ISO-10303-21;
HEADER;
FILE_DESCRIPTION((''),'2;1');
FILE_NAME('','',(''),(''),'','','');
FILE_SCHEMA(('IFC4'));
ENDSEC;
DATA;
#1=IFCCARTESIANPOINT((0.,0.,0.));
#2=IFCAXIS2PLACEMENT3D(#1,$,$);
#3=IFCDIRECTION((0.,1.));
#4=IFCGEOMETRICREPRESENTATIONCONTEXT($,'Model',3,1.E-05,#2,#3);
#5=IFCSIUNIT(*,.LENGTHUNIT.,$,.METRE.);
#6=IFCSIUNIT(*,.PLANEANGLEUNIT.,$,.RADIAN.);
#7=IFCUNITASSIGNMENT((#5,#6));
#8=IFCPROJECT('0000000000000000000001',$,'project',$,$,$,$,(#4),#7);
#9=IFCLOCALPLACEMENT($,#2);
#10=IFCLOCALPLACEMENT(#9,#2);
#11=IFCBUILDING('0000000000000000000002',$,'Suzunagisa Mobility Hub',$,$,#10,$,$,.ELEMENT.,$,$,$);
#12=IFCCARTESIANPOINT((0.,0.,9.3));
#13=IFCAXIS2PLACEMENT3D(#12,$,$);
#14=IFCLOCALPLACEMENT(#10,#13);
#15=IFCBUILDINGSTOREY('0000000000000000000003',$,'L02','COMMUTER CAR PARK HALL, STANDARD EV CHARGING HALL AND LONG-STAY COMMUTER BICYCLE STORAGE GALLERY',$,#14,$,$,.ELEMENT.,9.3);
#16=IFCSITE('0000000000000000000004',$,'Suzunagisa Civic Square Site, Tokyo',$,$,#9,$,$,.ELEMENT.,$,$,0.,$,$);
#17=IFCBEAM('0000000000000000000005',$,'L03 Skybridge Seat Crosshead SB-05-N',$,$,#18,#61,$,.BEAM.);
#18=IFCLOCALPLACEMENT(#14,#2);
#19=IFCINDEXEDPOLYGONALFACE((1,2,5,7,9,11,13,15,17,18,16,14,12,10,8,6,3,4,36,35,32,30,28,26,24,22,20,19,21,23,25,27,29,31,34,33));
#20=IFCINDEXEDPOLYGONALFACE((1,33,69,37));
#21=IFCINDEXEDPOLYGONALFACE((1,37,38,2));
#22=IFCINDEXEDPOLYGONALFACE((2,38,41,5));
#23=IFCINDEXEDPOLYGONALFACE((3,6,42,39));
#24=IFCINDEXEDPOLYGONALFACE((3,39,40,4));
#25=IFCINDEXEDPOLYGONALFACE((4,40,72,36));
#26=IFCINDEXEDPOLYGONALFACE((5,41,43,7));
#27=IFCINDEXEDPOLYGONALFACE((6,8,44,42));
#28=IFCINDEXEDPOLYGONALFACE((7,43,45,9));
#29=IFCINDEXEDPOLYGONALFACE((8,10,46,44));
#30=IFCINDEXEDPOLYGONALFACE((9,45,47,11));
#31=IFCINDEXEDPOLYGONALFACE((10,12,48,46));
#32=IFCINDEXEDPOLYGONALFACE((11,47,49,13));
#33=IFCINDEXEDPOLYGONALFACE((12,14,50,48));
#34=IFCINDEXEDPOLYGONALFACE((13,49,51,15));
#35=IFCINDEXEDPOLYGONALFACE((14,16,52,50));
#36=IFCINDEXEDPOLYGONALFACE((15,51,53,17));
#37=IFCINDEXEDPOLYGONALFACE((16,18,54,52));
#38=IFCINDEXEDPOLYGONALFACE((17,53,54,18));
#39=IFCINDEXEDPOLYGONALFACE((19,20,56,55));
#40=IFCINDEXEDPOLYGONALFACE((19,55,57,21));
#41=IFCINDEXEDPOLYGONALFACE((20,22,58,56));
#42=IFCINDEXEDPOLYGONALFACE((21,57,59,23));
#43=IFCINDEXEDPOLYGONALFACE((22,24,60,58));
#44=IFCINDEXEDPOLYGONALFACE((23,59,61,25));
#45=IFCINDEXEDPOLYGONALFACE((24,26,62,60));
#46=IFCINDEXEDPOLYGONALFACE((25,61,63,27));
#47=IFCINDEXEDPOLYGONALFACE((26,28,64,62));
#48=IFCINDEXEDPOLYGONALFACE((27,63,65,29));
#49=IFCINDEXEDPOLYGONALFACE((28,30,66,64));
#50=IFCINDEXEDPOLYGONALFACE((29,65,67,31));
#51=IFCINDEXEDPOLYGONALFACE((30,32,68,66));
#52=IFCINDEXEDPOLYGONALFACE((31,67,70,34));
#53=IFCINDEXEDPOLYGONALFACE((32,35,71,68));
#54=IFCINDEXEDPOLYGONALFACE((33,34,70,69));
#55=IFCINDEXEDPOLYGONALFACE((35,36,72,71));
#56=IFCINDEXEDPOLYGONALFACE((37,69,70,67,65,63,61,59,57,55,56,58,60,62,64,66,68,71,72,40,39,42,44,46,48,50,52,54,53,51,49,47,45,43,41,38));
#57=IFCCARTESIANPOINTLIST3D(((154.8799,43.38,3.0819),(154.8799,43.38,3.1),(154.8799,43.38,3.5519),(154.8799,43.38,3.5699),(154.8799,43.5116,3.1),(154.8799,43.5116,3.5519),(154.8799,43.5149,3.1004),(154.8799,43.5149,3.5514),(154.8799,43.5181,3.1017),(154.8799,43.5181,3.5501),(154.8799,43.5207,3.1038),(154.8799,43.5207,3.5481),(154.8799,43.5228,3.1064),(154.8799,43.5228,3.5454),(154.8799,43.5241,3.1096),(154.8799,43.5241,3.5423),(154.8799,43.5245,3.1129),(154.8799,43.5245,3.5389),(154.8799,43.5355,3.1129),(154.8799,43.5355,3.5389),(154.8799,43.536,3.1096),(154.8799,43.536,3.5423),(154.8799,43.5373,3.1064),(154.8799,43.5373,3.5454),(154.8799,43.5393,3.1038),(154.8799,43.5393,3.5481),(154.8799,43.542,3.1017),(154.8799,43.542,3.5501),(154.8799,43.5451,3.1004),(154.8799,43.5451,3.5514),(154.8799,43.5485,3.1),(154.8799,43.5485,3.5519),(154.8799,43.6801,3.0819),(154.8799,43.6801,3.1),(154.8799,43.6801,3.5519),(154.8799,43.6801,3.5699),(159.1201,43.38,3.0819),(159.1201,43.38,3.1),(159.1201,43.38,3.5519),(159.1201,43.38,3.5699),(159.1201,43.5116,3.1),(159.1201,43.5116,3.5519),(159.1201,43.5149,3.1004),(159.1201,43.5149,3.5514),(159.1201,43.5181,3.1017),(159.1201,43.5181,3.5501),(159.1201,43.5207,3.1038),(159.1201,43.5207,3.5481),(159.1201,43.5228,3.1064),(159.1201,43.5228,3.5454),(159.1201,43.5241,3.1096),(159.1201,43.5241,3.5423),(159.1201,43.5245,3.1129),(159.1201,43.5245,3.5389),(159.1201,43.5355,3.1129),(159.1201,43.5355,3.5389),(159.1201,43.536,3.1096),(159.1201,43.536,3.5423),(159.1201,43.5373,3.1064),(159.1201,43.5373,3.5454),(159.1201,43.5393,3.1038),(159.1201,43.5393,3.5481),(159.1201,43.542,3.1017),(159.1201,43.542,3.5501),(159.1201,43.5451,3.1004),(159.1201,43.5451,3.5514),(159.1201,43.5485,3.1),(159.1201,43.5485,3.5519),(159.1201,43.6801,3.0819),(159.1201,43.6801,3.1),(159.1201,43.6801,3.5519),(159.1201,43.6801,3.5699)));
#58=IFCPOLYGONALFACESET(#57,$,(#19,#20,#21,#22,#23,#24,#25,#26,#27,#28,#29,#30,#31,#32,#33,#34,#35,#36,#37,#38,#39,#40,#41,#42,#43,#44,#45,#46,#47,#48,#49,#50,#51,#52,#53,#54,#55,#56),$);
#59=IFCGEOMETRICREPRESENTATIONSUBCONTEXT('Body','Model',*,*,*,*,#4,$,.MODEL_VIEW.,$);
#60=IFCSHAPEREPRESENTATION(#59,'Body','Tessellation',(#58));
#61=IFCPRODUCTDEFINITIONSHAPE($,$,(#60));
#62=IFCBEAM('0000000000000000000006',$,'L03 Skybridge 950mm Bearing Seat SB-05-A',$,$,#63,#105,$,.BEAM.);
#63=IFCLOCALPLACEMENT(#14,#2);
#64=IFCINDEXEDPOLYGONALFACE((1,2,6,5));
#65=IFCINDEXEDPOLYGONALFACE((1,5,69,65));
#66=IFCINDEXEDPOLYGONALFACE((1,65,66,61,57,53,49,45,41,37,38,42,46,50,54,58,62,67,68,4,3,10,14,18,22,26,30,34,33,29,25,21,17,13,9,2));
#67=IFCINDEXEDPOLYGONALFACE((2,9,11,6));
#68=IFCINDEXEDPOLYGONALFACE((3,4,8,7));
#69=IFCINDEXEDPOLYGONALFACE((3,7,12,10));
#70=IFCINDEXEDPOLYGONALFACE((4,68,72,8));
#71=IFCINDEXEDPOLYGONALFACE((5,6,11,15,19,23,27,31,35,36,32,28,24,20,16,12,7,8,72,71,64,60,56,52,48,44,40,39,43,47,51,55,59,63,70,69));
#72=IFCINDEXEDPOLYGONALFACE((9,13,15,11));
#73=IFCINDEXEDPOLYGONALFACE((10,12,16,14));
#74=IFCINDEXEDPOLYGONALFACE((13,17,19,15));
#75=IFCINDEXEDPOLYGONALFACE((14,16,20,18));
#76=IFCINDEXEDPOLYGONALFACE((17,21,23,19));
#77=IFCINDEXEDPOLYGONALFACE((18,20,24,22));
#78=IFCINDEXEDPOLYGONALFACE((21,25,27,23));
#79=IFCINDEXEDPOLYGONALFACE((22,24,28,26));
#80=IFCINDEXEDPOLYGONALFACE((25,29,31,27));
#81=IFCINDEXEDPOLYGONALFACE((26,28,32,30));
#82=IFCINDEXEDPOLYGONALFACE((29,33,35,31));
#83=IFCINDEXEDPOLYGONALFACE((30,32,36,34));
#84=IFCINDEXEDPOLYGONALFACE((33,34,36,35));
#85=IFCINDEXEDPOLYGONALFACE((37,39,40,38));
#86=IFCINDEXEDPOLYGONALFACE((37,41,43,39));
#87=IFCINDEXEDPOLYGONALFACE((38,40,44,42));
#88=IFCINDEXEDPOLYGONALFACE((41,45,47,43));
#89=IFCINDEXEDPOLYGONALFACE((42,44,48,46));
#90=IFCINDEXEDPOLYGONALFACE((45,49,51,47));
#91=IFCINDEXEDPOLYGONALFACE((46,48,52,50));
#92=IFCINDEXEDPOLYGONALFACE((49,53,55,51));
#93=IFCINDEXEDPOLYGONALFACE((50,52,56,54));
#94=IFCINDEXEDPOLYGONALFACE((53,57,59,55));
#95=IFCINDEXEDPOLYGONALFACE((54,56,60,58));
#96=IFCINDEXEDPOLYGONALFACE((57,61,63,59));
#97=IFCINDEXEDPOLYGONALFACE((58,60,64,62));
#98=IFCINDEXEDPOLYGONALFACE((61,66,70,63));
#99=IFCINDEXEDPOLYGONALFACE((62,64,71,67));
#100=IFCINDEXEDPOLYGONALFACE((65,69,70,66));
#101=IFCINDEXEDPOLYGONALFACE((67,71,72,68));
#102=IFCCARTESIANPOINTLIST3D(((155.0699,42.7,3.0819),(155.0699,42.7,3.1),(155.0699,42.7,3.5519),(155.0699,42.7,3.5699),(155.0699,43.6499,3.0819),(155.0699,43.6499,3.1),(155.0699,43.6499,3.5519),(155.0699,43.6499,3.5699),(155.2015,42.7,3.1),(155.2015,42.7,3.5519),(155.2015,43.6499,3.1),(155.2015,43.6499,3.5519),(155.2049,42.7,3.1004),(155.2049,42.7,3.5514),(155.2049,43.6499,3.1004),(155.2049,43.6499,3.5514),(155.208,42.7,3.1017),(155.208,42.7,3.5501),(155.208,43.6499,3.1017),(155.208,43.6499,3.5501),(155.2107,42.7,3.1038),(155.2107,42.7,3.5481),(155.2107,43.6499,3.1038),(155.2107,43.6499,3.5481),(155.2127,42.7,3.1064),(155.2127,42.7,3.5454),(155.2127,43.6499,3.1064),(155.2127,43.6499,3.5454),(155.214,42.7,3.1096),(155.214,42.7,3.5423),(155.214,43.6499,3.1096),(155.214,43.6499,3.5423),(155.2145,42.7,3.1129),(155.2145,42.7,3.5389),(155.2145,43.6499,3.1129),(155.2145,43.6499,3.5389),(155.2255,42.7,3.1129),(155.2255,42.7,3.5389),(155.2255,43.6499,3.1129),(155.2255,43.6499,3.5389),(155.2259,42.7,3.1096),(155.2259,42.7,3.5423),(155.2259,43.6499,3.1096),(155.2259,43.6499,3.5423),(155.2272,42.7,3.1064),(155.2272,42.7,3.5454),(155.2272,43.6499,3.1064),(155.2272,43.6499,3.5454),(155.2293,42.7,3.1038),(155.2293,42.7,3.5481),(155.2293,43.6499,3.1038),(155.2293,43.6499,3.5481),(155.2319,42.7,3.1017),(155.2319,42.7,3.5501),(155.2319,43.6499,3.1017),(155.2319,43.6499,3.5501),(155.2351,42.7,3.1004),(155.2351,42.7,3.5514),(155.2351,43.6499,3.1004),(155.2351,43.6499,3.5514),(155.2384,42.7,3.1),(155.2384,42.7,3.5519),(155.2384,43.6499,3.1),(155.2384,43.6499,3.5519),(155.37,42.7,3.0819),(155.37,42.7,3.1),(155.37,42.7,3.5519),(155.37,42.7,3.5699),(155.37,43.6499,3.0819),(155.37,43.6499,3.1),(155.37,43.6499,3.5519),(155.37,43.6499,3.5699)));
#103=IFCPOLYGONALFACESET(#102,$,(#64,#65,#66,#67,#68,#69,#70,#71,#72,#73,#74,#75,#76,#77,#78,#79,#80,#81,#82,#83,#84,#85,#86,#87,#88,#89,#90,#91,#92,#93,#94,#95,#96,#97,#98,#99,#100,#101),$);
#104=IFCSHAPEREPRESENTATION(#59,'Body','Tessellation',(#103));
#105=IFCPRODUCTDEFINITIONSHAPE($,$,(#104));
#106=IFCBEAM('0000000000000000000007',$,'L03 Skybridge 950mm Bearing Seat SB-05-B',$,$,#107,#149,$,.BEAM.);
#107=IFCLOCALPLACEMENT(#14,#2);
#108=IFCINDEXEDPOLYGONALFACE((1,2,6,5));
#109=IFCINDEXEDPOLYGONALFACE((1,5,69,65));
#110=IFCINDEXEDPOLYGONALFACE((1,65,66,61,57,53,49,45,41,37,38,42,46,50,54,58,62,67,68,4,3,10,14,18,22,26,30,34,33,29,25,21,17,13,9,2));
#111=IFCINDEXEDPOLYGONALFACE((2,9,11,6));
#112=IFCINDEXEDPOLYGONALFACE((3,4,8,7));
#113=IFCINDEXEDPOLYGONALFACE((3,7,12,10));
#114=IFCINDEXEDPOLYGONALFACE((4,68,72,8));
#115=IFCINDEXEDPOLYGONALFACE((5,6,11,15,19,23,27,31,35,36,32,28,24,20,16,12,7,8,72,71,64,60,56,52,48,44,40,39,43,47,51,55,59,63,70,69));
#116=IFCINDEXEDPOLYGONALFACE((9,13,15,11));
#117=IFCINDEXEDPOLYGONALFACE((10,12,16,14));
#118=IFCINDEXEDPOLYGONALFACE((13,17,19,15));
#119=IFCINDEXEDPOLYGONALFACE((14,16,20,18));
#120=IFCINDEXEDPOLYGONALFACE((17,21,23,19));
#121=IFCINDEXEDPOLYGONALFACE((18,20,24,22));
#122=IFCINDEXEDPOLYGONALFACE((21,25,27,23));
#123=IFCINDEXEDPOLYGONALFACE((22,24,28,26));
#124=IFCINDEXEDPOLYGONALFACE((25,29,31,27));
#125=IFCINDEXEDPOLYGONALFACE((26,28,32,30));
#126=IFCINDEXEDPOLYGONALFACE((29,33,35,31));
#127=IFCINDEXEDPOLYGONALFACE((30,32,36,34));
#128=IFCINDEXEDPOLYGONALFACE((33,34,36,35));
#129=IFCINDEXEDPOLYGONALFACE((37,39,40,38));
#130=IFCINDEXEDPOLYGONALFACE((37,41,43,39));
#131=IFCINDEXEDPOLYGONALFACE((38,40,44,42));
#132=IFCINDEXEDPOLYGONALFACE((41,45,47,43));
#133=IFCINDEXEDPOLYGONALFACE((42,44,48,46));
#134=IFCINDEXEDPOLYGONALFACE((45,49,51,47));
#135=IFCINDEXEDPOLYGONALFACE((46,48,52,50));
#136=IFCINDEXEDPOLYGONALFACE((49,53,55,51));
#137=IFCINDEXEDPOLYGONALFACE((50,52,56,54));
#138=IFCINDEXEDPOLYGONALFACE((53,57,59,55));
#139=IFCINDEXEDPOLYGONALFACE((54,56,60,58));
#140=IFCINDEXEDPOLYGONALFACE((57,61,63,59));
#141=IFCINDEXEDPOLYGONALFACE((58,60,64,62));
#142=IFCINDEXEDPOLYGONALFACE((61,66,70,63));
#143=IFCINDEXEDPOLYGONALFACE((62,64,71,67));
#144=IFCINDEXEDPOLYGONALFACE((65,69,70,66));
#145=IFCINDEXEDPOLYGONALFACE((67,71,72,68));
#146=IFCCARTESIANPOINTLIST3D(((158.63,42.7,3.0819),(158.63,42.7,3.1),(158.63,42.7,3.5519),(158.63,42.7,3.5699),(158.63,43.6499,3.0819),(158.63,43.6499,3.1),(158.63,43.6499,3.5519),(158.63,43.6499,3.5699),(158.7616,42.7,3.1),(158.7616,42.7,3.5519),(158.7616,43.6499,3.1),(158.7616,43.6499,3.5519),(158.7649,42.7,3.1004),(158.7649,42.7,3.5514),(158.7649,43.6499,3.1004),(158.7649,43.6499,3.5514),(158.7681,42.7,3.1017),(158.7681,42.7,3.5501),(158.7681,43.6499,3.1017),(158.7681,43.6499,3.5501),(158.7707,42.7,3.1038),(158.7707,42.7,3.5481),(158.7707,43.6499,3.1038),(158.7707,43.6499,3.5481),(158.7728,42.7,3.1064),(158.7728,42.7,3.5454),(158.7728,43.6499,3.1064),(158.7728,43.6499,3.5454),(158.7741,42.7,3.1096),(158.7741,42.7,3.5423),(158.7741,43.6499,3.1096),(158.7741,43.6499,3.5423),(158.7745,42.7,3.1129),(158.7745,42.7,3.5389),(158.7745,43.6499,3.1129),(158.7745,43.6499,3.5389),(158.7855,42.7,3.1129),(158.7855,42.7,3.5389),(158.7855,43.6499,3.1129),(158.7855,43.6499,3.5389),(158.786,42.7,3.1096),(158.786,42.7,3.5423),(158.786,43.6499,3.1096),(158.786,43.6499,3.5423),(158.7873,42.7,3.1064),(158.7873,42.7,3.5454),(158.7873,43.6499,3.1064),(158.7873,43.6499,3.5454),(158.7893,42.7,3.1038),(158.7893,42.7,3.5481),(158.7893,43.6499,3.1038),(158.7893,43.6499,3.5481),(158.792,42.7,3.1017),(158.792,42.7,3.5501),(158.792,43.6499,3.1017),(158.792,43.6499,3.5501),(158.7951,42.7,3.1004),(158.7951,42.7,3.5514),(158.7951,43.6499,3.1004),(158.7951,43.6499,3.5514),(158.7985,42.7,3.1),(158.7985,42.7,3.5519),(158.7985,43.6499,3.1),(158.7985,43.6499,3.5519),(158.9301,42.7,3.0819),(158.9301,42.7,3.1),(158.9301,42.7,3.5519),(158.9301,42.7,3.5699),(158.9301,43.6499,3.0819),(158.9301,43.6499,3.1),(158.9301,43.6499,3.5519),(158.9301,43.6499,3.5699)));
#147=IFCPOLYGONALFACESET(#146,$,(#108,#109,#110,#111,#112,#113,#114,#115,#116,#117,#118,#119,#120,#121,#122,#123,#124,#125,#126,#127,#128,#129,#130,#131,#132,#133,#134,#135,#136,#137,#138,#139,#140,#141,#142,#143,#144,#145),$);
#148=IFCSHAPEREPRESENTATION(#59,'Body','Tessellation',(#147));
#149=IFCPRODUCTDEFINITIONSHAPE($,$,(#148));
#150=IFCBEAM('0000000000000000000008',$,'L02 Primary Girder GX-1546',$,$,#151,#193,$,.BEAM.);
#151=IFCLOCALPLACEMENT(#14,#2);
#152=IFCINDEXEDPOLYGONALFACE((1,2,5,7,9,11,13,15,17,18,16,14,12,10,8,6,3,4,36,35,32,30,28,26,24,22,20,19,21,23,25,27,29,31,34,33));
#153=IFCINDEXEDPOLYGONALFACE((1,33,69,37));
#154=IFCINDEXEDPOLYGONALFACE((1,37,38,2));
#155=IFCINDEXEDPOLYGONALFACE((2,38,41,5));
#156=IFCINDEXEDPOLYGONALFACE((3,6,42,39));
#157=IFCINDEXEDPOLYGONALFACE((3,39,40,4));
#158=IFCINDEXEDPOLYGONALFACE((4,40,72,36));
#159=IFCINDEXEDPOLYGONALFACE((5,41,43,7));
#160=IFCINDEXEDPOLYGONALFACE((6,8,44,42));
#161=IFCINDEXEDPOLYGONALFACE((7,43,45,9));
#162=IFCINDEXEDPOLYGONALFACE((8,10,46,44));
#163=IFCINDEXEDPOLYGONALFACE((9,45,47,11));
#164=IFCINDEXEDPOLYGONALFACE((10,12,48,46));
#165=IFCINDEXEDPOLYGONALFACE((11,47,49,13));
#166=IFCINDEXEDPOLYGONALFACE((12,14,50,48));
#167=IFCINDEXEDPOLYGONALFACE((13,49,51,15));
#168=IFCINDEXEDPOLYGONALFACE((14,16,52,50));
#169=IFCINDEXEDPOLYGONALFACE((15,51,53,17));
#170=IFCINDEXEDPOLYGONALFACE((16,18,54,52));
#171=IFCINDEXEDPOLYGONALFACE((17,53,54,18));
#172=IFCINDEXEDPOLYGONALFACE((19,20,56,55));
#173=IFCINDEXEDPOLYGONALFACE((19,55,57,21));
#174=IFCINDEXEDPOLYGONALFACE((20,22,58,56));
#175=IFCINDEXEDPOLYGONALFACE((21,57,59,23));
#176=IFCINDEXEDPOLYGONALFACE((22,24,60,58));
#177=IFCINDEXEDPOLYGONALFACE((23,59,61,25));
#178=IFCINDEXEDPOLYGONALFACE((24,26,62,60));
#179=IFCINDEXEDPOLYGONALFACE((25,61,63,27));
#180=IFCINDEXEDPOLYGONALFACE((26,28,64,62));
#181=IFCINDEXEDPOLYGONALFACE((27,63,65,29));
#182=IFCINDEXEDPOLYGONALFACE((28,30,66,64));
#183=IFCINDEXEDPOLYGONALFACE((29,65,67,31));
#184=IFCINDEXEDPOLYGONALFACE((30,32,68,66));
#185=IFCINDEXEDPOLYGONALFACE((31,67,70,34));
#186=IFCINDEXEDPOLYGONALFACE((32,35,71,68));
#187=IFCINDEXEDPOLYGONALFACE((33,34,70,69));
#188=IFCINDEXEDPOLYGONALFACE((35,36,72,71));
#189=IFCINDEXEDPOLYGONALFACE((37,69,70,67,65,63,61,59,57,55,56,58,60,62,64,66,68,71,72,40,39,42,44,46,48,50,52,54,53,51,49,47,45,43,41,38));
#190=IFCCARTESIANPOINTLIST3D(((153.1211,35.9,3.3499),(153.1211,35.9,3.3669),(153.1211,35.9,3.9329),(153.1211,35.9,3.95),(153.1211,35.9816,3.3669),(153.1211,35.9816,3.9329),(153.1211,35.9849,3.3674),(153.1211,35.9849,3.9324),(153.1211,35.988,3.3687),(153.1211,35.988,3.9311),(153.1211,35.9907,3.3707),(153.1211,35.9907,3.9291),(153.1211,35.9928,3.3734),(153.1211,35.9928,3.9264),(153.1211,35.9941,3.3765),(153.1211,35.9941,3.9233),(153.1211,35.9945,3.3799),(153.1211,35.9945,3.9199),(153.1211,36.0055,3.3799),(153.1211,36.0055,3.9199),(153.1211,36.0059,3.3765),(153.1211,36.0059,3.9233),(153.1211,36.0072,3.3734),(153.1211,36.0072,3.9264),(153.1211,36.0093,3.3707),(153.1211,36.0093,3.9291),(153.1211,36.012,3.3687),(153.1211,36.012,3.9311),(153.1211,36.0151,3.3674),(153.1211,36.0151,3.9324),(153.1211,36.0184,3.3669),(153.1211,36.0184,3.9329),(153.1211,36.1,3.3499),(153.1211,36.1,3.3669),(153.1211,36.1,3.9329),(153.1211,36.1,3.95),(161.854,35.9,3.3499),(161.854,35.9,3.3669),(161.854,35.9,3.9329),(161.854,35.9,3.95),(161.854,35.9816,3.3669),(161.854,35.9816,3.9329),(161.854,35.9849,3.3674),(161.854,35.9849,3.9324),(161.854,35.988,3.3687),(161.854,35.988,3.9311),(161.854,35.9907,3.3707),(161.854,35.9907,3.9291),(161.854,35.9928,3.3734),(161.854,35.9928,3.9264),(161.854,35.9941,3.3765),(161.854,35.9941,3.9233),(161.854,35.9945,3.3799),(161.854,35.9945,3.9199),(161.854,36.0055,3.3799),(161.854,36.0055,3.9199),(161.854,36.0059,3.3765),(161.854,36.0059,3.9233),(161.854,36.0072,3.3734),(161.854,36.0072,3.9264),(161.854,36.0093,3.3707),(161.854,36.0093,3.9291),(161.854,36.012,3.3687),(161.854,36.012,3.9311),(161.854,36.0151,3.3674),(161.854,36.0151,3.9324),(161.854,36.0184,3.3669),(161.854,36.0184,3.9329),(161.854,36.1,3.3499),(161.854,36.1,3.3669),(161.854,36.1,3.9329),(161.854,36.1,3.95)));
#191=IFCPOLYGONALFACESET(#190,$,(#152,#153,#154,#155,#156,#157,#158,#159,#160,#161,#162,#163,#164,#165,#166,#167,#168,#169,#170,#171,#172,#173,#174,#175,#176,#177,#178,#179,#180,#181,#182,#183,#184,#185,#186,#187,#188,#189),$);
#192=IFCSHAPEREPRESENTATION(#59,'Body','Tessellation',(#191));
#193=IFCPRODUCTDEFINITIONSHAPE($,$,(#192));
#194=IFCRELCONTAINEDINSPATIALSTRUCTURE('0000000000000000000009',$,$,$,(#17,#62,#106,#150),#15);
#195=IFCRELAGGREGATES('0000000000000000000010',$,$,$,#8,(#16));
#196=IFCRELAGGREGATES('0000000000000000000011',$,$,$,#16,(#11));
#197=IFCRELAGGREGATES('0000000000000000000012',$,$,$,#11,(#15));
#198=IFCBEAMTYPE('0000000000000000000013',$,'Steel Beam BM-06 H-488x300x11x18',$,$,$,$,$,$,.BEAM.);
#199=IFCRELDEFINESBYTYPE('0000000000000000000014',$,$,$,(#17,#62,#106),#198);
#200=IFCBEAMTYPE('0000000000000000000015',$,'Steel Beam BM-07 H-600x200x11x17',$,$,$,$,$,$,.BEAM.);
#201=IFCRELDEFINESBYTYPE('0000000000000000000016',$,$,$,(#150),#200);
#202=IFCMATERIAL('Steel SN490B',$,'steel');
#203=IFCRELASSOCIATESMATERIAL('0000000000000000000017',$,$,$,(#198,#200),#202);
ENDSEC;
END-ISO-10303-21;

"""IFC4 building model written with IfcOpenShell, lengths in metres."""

from ifc_helpers import new_model, si_unit, direction, frame, origin, origin_2d, place, context, subcontext, project, spatial, i_section, extrude, material, material_profile, profile_set, type_object, element, save


model = new_model("IFC4")

# Units and contexts
model_context = context("Model", 3, precision=1e-05, world=origin(), true_north=direction((0.0, 1.0)))
body_context = subcontext(model_context, "Body", "Model", "MODEL_VIEW")
ifc_project = project(units=[si_unit("LENGTHUNIT", "METRE"), si_unit("PLANEANGLEUNIT", "RADIAN")], contexts=[model_context])

# Site, building, storey
site_placement = place(None, origin())
site = spatial("IfcSite", under=ifc_project, at=site_placement, Name="Suzunagisa Civic Square Site, Tokyo", CompositionType="ELEMENT", RefElevation=0.0)
building_placement = place(site_placement, origin())
building = spatial("IfcBuilding", under=site, at=building_placement, Name="Suzunagisa Mobility Hub", CompositionType="ELEMENT")
storey_placement = place(building_placement, frame((0.0, 0.0, 9.3)))
storey = spatial("IfcBuildingStorey", under=building, at=storey_placement, Name="L02", Description="COMMUTER CAR PARK HALL, STANDARD EV CHARGING HALL AND LONG-STAY COMMUTER BICYCLE STORAGE GALLERY", CompositionType="ELEMENT", Elevation=9.3)

# Shared definitions
ifc_material_1 = material(Name="Steel SN490B", Category="steel")

# Beams
ifc_material_profile_1 = material_profile(ifc_material_1, i_section(OverallWidth=0.3, OverallDepth=0.488, WebThickness=0.011, FlangeThickness=0.0181, FilletRadius=0.0129, at=origin_2d()), Name="H-488x300x11x18")
ifc_profile_set_1 = profile_set([ifc_material_profile_1], Name="Steel SN490B")
beam_type_1 = type_object("IfcBeamType", Name="Steel Beam BM-06 H-488x300x11x18", PredefinedType="BEAM", material=ifc_profile_set_1)
for number, where, z_axis, x_axis, name in (
    (1, (154.8799, 43.53, 3.3259), (1.0, 0.0, 0.0), (0.0, 1.0, 0.0), "L03 Skybridge Seat Crosshead SB-05-N"),
):
    element("IfcBeam", number, at=place(storey_placement, frame(where, z_axis=z_axis, x_axis=x_axis)), inside=storey, type_object=beam_type_1, Name=name, PredefinedType="BEAM", context=body_context, shape_type="SweptSolid", body=[
        extrude(i_section(OverallWidth=0.3, OverallDepth=0.488, WebThickness=0.011, FlangeThickness=0.0181, FilletRadius=0.0129, at=origin_2d()), origin(), (0.0, 0.0, 1.0), 4.2402),
    ])
for number, where, z_axis, x_axis, name in (
    (2, (155.22, 42.7, 3.3259), (0.0, 1.0, 0.0), (-1.0, 0.0, 0.0), "L03 Skybridge 950mm Bearing Seat SB-05-A"),
    (3, (158.78, 42.7, 3.3259), (0.0, 1.0, 0.0), (-1.0, 0.0, 0.0), "L03 Skybridge 950mm Bearing Seat SB-05-B"),
):
    element("IfcBeam", number, at=place(storey_placement, frame(where, z_axis=z_axis, x_axis=x_axis)), inside=storey, type_object=beam_type_1, Name=name, PredefinedType="BEAM", context=body_context, shape_type="SweptSolid", body=[
        extrude(i_section(OverallWidth=0.3, OverallDepth=0.488, WebThickness=0.011, FlangeThickness=0.0181, FilletRadius=0.0129, at=origin_2d()), origin(), (0.0, 0.0, 1.0), 0.95),
    ])
ifc_material_profile_2 = material_profile(ifc_material_1, i_section(OverallWidth=0.2, OverallDepth=0.6001, WebThickness=0.011, FlangeThickness=0.0171, FilletRadius=0.0129, at=origin_2d()), Name="H-600x200x11x17")
ifc_profile_set_2 = profile_set([ifc_material_profile_2], Name="Steel SN490B")
beam_type_2 = type_object("IfcBeamType", Name="Steel Beam BM-07 H-600x200x11x17", PredefinedType="BEAM", material=ifc_profile_set_2)
for number, where, z_axis, x_axis, name in (
    (4, (153.1211, 36.0, 3.6499), (1.0, 0.0, 0.0), (0.0, 1.0, 0.0), "L02 Primary Girder GX-1546"),
):
    element("IfcBeam", number, at=place(storey_placement, frame(where, z_axis=z_axis, x_axis=x_axis)), inside=storey, type_object=beam_type_2, Name=name, PredefinedType="BEAM", context=body_context, shape_type="SweptSolid", body=[
        extrude(i_section(OverallWidth=0.2, OverallDepth=0.6001, WebThickness=0.011, FlangeThickness=0.0171, FilletRadius=0.0129, at=origin_2d()), origin(), (0.0, 0.0, 1.0), 8.7329),
    ])

save(model, "model.ifc")
